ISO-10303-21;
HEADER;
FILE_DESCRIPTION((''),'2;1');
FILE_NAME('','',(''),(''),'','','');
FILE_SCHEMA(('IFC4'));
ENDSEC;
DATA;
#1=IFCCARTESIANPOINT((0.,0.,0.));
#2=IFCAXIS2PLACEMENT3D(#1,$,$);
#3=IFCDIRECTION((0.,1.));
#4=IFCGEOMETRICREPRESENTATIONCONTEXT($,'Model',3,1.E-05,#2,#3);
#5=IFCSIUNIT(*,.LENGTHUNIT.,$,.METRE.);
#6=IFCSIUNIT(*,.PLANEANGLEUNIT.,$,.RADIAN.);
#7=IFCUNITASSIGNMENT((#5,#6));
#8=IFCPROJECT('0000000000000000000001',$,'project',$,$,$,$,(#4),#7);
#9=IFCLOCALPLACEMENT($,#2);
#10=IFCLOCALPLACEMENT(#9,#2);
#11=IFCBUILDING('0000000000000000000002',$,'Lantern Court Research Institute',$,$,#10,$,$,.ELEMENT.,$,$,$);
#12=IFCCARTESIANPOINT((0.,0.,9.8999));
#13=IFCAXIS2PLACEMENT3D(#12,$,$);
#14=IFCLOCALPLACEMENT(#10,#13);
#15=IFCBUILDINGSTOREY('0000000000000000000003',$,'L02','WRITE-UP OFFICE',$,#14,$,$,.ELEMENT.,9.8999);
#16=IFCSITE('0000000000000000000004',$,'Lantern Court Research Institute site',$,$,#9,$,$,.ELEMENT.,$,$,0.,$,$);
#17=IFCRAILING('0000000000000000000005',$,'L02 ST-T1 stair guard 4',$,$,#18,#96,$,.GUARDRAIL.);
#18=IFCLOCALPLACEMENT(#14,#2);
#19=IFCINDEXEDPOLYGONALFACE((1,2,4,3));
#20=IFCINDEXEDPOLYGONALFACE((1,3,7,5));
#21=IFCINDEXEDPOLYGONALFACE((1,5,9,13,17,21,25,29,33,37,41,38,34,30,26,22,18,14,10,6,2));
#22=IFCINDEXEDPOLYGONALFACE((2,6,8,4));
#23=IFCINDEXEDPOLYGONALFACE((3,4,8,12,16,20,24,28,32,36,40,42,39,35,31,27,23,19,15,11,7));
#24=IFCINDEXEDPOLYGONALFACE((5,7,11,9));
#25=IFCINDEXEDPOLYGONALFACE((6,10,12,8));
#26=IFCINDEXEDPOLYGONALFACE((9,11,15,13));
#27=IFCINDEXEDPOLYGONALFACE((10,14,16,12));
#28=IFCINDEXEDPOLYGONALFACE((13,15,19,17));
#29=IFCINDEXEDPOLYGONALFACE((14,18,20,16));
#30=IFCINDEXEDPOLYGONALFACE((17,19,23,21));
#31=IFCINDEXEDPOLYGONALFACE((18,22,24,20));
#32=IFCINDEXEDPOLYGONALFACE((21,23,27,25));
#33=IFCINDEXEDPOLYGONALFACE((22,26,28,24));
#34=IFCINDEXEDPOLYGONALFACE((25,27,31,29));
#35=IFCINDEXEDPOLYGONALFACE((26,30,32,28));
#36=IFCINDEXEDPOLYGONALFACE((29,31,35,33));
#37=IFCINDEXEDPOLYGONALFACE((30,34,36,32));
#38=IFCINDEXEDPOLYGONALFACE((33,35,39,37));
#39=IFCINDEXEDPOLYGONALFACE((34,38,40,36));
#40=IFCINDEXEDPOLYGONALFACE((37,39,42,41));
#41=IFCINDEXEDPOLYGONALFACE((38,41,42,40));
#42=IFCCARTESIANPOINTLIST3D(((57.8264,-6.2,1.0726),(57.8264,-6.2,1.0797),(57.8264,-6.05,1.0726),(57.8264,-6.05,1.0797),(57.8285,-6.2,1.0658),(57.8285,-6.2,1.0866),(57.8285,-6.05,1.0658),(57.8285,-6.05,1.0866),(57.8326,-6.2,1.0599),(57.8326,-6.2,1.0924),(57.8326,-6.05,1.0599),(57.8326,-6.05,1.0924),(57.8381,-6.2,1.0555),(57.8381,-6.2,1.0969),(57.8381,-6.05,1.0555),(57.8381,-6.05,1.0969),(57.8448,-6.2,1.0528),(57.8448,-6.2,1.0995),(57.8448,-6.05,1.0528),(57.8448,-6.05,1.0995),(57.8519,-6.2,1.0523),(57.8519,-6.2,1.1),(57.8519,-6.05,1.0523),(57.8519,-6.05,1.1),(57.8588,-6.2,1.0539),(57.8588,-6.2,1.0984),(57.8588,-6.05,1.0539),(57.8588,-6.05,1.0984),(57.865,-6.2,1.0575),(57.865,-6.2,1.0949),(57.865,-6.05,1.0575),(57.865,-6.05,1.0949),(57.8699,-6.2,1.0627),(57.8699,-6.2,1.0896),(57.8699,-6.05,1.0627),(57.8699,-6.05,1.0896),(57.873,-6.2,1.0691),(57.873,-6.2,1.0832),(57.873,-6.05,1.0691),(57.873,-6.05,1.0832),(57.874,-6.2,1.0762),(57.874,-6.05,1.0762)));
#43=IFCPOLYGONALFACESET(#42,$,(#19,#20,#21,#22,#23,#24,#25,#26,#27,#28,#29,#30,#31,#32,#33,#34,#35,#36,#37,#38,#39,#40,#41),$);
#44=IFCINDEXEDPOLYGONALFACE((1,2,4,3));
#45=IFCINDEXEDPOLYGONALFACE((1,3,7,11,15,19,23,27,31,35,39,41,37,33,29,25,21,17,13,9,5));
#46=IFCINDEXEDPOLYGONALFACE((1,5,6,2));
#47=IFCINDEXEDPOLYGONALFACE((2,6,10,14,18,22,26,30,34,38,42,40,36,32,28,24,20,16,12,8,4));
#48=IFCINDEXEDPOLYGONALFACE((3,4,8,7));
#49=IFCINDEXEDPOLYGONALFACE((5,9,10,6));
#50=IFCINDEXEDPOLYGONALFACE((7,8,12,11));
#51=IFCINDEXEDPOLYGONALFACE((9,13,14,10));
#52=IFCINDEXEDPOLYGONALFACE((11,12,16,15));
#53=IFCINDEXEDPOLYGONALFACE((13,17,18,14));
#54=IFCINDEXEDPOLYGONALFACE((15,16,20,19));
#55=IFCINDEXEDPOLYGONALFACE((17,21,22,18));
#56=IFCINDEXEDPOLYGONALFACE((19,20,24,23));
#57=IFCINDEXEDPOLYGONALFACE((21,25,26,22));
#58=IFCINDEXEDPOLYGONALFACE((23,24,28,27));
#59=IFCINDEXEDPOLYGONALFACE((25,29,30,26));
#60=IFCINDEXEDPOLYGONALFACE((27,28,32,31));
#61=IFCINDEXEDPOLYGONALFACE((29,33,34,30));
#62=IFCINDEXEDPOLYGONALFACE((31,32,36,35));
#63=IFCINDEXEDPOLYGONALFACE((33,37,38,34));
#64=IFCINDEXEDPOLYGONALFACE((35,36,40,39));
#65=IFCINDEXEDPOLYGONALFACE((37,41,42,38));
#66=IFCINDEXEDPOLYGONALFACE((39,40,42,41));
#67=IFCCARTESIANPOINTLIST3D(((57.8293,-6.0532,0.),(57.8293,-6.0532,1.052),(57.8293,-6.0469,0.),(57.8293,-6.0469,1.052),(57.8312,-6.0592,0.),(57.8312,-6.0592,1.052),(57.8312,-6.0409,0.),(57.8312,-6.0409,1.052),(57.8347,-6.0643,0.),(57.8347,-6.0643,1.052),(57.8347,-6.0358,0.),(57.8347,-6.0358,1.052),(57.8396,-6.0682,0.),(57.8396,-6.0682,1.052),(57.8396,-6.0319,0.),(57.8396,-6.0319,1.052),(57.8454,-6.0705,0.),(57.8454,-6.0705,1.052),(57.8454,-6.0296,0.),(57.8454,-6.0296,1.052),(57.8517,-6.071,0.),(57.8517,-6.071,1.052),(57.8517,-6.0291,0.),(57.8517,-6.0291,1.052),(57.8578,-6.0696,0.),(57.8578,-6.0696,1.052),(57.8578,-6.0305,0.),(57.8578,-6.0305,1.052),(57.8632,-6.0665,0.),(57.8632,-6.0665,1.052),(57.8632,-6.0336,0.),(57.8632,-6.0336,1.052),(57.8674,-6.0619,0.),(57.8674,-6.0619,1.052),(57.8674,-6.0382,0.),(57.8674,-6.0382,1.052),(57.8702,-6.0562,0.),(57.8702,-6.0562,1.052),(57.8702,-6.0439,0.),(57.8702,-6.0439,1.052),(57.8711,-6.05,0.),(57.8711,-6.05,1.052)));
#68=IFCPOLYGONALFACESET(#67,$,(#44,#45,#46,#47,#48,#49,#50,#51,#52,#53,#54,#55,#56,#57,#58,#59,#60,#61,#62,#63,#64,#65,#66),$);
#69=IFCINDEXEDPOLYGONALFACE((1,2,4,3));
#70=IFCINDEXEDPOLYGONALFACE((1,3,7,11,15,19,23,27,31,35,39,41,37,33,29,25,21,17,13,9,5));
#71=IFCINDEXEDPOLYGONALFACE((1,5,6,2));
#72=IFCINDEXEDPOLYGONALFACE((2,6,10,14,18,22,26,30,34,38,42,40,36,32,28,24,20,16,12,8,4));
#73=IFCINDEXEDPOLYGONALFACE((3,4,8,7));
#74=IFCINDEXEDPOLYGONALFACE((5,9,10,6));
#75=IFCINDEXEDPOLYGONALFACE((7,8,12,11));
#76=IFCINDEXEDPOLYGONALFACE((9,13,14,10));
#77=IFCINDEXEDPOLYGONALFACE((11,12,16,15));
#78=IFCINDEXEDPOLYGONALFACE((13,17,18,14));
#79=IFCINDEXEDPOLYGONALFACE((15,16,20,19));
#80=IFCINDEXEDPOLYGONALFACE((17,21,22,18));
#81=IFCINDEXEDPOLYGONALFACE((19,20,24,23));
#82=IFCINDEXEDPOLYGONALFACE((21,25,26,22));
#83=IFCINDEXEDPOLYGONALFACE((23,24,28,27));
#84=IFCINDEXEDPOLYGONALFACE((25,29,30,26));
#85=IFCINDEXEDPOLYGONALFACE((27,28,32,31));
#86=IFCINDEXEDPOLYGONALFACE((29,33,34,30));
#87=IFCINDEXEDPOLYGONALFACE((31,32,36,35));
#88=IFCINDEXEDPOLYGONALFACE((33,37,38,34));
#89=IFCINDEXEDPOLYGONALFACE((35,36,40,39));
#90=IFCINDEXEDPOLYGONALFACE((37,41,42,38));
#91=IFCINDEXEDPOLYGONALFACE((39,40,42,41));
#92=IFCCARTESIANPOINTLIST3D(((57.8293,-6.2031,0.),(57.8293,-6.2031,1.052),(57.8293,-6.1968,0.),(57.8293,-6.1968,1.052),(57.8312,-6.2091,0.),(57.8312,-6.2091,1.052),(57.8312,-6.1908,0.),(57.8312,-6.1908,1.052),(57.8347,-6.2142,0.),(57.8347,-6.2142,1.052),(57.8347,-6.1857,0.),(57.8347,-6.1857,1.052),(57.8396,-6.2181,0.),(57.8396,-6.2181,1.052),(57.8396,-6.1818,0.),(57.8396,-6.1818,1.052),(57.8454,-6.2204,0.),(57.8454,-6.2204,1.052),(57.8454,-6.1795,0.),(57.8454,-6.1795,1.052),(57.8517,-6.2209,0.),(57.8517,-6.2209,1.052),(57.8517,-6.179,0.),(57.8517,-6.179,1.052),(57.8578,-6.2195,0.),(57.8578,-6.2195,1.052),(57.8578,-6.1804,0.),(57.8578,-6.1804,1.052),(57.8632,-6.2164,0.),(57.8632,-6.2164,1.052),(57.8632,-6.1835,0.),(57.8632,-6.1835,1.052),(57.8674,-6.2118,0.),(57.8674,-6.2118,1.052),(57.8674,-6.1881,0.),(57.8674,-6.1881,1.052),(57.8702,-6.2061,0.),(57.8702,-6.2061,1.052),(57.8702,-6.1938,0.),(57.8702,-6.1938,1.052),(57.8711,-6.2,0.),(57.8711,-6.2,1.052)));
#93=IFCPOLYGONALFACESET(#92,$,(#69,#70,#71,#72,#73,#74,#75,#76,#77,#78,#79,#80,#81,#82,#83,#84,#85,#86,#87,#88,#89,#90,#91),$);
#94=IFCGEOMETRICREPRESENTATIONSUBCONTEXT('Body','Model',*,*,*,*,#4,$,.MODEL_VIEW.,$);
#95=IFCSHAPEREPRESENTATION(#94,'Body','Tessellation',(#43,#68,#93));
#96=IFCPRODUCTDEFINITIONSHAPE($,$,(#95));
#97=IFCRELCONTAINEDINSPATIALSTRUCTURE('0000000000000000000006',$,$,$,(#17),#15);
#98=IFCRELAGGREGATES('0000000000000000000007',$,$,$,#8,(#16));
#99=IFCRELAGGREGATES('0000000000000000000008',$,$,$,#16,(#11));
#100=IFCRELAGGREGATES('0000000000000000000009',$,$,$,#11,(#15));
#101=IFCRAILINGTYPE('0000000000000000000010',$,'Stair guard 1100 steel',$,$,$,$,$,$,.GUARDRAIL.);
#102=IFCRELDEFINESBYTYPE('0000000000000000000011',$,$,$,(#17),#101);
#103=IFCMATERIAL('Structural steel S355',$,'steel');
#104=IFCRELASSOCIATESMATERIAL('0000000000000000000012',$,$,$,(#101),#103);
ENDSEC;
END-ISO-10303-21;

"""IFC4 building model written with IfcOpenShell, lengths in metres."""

from ifc_helpers import new_model, si_unit, direction, frame, origin, origin_2d, place, context, subcontext, project, spatial, circle, extrude, material, type_object, element, save


model = new_model("IFC4")

# Units and contexts
model_context = context("Model", 3, precision=1e-05, world=origin(), true_north=direction((0.0, 1.0)))
body_context = subcontext(model_context, "Body", "Model", "MODEL_VIEW")
ifc_project = project(units=[si_unit("LENGTHUNIT", "METRE"), si_unit("PLANEANGLEUNIT", "RADIAN")], contexts=[model_context])

# Site, building, storey
site_placement = place(None, origin())
site = spatial("IfcSite", under=ifc_project, at=site_placement, Name="Lantern Court Research Institute site", CompositionType="ELEMENT", RefElevation=0.0)
building_placement = place(site_placement, origin())
building = spatial("IfcBuilding", under=site, at=building_placement, Name="Lantern Court Research Institute", CompositionType="ELEMENT")
storey_placement = place(building_placement, frame((0.0, 0.0, 9.8999)))
storey = spatial("IfcBuildingStorey", under=building, at=storey_placement, Name="L02", Description="WRITE-UP OFFICE", CompositionType="ELEMENT", Elevation=9.8999)

# Railing
ifc_material_1 = material(Name="Structural steel S355", Category="steel")
railing_type_1 = type_object("IfcRailingType", Name="Stair guard 1100 steel", PredefinedType="GUARDRAIL", material=ifc_material_1)
railing_1_placement = place(storey_placement, frame((57.8501, -6.05, 0.0)))
element("IfcRailing", 1, at=railing_1_placement, inside=storey, type_object=railing_type_1, Name="L02 ST-T1 stair guard 4", PredefinedType="GUARDRAIL", context=body_context, shape_type="SweptSolid", body=[
    extrude(circle(Radius=0.0239, at=origin_2d()), frame((0.0, 0.0, 1.0762), z_axis=(0.0, -1.0, 0.0), x_axis=(1.0, 0.0, 0.0)), (0.0, 0.0, 1.0), 0.1499),
    extrude(circle(Radius=0.021, at=origin_2d()), origin(), (0.0, 0.0, 1.0), 1.052),
    extrude(circle(Radius=0.021, at=origin_2d()), frame((0.0, -0.1499, 0.0)), (0.0, 0.0, 1.0), 1.052),
])

save(model, "model.ifc")
